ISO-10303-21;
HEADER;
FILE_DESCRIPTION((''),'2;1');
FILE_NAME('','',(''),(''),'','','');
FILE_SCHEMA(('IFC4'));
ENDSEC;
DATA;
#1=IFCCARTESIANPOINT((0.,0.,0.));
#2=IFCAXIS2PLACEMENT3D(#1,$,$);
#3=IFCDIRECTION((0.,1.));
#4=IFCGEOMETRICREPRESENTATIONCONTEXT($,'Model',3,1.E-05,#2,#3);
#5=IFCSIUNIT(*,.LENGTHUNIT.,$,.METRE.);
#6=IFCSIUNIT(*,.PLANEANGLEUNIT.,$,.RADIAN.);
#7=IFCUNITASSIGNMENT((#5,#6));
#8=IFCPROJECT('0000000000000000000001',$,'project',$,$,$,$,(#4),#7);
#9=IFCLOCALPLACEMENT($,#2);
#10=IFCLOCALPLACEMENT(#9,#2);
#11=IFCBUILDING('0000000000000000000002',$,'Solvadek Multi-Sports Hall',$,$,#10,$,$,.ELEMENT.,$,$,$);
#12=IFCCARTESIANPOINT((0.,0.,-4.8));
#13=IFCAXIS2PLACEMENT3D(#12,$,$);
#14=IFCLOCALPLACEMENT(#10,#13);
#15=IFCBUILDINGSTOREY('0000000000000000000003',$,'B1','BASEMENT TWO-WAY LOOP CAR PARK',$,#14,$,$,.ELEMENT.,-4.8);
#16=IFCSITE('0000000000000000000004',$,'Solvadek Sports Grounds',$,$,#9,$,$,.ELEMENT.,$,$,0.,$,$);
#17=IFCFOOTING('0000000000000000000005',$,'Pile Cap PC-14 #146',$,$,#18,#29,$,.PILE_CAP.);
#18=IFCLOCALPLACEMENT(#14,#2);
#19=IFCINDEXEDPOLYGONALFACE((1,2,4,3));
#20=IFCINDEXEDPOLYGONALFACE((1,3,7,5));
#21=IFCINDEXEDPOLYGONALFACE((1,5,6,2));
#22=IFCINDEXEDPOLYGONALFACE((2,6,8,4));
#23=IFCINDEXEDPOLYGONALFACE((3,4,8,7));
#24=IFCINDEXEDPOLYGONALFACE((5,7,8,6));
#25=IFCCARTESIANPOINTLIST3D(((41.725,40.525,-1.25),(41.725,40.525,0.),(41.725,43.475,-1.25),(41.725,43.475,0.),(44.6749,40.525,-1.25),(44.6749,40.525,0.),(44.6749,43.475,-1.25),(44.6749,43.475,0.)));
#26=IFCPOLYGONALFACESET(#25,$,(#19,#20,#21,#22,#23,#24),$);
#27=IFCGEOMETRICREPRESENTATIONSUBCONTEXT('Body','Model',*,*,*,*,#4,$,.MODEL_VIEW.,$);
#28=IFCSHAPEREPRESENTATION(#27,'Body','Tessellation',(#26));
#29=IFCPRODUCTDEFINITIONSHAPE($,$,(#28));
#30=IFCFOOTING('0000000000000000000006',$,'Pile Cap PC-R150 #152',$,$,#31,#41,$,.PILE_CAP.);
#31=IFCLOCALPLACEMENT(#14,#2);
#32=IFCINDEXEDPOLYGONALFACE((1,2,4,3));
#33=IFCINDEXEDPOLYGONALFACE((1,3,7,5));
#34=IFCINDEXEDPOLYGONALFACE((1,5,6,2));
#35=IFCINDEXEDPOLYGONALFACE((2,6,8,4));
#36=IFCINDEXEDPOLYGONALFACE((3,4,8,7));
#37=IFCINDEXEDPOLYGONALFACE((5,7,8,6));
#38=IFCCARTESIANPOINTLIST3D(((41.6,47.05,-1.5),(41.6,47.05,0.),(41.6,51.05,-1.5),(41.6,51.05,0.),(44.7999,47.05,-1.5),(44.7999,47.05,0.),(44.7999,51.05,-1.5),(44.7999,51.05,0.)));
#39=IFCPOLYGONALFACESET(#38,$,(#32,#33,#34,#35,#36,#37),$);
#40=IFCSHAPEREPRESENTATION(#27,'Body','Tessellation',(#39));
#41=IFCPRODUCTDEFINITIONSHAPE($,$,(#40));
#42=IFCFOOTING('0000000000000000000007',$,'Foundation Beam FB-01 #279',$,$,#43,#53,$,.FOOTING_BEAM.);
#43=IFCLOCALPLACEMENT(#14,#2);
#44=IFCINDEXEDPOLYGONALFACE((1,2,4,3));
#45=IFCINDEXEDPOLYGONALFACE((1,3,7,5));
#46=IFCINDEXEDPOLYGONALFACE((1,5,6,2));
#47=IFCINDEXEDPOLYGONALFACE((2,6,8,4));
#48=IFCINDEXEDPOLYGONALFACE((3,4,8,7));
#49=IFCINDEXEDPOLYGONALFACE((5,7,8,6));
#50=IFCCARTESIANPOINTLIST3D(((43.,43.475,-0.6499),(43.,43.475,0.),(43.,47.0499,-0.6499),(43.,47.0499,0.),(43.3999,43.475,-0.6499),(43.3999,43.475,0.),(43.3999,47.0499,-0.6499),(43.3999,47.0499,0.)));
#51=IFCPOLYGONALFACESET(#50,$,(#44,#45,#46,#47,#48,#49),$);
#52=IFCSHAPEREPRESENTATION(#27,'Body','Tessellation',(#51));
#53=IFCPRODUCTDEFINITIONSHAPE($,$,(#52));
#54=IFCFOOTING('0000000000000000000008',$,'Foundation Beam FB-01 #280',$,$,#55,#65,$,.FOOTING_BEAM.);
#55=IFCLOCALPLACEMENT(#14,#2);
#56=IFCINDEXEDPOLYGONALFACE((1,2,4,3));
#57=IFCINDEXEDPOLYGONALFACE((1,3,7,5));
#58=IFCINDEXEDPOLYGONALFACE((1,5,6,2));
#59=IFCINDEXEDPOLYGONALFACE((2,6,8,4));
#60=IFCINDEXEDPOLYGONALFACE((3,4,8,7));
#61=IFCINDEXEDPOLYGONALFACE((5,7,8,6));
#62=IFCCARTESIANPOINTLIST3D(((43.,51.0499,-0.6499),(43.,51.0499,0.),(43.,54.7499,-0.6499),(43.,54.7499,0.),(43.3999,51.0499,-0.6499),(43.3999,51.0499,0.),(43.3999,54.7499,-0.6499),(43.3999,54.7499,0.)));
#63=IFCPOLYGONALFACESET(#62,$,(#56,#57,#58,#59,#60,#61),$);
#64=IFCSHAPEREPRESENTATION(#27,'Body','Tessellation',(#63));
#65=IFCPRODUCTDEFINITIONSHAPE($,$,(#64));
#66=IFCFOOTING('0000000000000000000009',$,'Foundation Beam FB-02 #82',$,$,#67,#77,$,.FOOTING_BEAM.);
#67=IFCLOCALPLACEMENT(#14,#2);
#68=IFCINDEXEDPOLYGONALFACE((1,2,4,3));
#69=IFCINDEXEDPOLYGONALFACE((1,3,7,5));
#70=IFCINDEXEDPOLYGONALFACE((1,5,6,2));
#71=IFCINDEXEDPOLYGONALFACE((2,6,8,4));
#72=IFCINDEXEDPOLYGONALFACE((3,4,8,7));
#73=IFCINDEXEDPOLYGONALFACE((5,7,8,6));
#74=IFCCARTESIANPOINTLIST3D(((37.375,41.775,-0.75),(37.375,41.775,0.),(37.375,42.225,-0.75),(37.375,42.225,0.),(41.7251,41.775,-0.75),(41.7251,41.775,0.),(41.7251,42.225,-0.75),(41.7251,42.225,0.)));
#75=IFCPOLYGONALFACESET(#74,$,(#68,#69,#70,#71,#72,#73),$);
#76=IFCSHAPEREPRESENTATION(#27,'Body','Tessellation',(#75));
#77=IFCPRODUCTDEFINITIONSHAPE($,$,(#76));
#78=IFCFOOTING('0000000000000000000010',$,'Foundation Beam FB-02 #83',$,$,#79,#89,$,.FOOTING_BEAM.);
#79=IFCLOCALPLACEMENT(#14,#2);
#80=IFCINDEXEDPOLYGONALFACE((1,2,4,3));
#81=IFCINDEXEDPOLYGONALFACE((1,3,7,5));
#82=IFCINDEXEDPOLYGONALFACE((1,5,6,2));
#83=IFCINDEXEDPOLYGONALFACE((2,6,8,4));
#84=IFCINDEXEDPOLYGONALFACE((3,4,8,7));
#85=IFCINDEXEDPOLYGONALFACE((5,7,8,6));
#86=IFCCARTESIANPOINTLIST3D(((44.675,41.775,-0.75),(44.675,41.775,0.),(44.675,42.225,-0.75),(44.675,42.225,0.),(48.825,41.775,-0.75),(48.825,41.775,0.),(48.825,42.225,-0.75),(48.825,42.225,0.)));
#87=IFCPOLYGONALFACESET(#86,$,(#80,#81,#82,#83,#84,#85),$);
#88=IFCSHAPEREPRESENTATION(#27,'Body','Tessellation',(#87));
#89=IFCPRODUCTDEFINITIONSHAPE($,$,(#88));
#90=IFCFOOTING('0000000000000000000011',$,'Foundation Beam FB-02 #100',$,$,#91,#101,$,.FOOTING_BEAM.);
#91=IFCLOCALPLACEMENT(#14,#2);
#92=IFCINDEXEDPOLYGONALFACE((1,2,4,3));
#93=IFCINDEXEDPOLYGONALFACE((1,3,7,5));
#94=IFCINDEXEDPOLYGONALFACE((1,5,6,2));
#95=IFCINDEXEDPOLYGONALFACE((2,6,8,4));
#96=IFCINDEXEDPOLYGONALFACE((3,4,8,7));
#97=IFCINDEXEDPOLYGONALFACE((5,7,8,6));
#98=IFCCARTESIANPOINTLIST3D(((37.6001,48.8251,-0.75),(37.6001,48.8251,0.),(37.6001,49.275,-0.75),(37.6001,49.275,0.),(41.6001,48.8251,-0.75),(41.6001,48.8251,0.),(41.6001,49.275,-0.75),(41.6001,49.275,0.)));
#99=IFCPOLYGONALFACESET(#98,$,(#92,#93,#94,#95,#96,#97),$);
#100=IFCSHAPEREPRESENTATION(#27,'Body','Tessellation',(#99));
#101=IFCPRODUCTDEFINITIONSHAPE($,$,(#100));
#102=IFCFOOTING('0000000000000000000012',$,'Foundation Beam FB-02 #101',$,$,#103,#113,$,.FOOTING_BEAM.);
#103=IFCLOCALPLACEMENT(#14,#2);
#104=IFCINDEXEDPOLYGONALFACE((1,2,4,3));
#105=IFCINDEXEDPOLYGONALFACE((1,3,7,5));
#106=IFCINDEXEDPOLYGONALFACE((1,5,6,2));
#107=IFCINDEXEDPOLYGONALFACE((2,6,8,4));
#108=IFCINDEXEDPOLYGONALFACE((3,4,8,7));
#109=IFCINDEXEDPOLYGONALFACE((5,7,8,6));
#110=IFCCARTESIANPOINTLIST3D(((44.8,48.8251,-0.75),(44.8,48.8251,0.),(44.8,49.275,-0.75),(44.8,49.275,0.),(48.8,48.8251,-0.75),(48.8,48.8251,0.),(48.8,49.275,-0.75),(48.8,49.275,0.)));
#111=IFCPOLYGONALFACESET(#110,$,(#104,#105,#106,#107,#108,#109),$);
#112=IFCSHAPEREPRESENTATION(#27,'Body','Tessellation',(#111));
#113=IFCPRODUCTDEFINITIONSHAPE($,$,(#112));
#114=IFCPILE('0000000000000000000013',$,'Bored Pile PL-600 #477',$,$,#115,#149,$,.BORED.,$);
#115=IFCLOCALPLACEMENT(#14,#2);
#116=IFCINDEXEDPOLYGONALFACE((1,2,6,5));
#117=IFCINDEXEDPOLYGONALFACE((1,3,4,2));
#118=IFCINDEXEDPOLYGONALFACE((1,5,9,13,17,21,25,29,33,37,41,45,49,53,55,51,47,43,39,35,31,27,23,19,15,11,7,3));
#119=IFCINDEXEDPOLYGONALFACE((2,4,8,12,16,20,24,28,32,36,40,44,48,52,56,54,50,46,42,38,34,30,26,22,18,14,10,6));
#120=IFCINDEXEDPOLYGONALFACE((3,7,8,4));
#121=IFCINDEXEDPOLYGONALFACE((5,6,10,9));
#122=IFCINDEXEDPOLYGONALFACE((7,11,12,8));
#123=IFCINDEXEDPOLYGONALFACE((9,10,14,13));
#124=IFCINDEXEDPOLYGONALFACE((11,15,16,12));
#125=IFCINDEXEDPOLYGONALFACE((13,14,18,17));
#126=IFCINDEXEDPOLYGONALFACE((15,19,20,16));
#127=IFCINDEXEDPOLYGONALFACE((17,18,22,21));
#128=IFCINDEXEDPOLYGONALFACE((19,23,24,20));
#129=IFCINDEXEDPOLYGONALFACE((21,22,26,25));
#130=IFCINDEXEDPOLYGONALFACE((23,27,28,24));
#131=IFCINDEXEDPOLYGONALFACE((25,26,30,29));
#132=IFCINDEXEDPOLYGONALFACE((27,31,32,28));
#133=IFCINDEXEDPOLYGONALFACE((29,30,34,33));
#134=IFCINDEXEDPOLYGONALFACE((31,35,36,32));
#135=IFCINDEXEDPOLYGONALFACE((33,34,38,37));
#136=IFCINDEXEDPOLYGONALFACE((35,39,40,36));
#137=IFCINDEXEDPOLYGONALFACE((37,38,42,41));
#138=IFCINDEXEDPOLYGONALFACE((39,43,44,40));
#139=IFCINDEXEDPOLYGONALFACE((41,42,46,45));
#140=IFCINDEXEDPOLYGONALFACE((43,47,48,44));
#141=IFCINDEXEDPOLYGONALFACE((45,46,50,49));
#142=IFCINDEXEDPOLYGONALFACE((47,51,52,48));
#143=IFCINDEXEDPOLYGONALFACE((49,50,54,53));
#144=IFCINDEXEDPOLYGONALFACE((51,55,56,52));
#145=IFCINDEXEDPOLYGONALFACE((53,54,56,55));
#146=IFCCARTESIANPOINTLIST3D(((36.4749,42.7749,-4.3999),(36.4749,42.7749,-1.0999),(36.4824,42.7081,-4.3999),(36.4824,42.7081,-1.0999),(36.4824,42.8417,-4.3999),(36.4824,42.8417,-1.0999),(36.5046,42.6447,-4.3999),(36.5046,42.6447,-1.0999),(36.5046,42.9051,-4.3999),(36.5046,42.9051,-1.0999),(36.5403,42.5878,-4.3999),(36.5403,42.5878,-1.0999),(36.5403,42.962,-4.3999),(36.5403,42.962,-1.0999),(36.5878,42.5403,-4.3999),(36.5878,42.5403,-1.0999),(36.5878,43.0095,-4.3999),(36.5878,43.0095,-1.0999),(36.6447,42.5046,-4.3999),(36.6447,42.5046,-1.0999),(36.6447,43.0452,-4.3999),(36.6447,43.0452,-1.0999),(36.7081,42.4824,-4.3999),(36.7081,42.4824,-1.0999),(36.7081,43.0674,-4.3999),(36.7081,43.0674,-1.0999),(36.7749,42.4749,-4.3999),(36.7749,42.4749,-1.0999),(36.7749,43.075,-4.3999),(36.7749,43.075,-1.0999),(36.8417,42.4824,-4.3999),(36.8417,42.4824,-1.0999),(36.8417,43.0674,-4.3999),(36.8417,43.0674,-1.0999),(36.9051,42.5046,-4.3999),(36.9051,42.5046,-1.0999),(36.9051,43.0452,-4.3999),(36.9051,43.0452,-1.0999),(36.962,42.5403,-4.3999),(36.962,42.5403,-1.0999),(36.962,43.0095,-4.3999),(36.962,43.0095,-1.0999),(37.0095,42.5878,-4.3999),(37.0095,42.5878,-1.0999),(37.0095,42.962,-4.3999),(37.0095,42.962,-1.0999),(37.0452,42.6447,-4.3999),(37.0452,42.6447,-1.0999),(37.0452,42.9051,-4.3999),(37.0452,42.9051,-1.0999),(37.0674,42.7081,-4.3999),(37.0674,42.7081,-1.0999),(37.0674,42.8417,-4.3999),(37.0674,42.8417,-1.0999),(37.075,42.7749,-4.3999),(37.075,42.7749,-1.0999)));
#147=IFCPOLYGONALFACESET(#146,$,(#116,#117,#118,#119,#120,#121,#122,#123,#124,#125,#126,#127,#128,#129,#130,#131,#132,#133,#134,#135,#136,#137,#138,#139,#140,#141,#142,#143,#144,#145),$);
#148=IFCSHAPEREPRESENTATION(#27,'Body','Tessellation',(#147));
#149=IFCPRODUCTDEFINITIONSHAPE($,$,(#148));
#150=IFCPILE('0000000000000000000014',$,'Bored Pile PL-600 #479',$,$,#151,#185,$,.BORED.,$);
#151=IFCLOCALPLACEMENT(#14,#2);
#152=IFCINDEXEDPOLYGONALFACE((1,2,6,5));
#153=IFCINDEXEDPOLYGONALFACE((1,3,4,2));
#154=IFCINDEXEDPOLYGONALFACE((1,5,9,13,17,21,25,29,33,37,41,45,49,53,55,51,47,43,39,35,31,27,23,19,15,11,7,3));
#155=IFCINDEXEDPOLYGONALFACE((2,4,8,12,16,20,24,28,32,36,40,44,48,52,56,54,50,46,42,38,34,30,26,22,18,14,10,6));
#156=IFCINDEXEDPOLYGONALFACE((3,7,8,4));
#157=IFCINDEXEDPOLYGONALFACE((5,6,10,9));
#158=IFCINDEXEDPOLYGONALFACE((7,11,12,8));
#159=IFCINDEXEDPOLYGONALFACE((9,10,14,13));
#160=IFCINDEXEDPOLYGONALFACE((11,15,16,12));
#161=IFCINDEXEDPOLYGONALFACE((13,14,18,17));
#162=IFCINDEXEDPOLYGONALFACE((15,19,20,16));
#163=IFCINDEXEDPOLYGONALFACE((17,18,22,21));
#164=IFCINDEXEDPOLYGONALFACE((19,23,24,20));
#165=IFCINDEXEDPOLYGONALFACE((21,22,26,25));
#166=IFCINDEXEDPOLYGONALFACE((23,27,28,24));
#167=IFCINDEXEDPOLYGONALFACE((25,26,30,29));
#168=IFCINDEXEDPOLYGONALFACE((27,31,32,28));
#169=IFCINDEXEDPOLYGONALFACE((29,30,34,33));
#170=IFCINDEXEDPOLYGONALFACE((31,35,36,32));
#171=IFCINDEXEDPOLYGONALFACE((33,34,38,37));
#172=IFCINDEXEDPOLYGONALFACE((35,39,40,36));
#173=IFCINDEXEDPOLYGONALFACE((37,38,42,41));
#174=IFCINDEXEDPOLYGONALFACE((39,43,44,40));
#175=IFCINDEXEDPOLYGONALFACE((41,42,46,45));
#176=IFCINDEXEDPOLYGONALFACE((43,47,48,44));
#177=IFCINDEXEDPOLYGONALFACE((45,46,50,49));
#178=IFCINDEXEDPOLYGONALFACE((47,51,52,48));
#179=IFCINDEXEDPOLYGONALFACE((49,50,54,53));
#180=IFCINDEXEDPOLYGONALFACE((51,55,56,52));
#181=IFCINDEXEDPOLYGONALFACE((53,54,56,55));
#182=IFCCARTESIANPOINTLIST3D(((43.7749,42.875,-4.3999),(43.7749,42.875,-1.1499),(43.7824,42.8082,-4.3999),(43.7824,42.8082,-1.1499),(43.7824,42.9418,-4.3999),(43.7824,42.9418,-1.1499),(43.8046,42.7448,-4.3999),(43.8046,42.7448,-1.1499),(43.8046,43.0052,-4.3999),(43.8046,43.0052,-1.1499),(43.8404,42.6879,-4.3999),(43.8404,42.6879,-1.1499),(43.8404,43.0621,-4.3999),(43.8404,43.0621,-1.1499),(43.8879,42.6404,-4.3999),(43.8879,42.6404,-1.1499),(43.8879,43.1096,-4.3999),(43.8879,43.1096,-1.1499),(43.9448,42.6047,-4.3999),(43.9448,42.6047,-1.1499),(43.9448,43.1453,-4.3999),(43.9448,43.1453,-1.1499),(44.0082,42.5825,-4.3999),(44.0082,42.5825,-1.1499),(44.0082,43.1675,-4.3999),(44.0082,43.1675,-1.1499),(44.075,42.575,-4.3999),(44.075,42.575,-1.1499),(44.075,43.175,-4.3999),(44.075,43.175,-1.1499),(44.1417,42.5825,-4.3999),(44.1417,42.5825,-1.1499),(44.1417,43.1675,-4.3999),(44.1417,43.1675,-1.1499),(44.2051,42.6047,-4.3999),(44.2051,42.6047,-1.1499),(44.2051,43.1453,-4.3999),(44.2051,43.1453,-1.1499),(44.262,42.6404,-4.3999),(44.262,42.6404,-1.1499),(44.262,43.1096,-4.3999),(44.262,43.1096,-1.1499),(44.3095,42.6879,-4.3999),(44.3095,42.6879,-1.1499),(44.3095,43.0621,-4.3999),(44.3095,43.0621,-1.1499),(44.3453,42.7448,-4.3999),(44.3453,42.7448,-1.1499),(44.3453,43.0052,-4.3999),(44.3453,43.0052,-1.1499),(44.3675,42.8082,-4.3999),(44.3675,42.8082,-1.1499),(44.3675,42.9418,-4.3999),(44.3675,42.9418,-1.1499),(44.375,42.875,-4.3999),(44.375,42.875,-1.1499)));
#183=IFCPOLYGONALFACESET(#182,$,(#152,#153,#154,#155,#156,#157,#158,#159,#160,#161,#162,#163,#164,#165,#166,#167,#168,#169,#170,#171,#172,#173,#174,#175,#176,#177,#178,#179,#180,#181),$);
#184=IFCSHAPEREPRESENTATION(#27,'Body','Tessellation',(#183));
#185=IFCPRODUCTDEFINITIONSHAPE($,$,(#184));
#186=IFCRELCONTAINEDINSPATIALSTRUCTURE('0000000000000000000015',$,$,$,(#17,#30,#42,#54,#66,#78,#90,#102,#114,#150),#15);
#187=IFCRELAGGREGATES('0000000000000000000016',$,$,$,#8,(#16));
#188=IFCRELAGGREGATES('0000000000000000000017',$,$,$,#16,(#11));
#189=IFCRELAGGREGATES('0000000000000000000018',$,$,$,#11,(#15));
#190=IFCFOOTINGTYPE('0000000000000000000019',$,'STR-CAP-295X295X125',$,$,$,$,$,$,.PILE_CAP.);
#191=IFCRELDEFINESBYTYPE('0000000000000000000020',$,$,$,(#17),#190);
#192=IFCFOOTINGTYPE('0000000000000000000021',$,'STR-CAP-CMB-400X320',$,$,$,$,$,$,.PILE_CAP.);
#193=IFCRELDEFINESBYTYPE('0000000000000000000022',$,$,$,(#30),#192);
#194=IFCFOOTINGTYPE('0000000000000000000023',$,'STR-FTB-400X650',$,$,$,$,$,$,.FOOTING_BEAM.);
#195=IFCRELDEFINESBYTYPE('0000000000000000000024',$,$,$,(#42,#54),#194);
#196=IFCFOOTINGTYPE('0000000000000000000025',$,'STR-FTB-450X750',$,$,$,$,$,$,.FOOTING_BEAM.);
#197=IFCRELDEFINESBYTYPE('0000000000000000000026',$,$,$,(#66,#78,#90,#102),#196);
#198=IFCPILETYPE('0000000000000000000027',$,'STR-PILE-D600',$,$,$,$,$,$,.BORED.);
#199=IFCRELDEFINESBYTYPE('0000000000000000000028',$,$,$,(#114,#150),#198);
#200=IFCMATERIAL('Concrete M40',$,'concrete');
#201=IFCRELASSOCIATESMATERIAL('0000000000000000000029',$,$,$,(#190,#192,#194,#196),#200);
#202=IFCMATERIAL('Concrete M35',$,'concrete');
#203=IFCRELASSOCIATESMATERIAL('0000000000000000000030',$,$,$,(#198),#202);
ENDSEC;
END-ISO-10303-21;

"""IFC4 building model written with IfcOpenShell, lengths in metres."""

from ifc_helpers import new_model, si_unit, direction, frame, origin, origin_2d, place, context, subcontext, project, spatial, rectangle, circle, extrude, material, material_profile, profile_set, type_object, element, save


model = new_model("IFC4")

# Units and contexts
model_context = context("Model", 3, precision=1e-05, world=origin(), true_north=direction((0.0, 1.0)))
body_context = subcontext(model_context, "Body", "Model", "MODEL_VIEW")
ifc_project = project(units=[si_unit("LENGTHUNIT", "METRE"), si_unit("PLANEANGLEUNIT", "RADIAN")], contexts=[model_context])

# Site, building, storey
site_placement = place(None, origin())
site = spatial("IfcSite", under=ifc_project, at=site_placement, Name="Solvadek Sports Grounds", CompositionType="ELEMENT", RefElevation=0.0)
building_placement = place(site_placement, origin())
building = spatial("IfcBuilding", under=site, at=building_placement, Name="Solvadek Multi-Sports Hall", CompositionType="ELEMENT")
storey_placement = place(building_placement, frame((0.0, 0.0, -4.8)))
storey = spatial("IfcBuildingStorey", under=building, at=storey_placement, Name="B1", Description="BASEMENT TWO-WAY LOOP CAR PARK", CompositionType="ELEMENT", Elevation=-4.8)

# Footings
ifc_material_1 = material(Name="Concrete M40", Category="concrete")
footing_type_1 = type_object("IfcFootingType", Name="STR-CAP-295X295X125", PredefinedType="PILE_CAP", material=ifc_material_1)
footing_1_placement = place(storey_placement, frame((43.2, 42.0, -1.25), z_axis=(0.0, 0.0, 1.0), x_axis=(1.0, 0.0, 0.0)))
element("IfcFooting", 1, at=footing_1_placement, inside=storey, type_object=footing_type_1, Name="Pile Cap PC-14 #146", PredefinedType="PILE_CAP", context=body_context, shape_type="SweptSolid", body=[
    extrude(rectangle(XDim=2.95, YDim=2.95, at=origin_2d()), origin(), (0.0, 0.0, 1.0), 1.25),
])
footing_type_2 = type_object("IfcFootingType", Name="STR-CAP-CMB-400X320", PredefinedType="PILE_CAP", material=ifc_material_1)
footing_2_placement = place(storey_placement, frame((43.2, 49.05, -1.5), z_axis=(0.0, 0.0, 1.0), x_axis=(0.0, 1.0, 0.0)))
element("IfcFooting", 2, at=footing_2_placement, inside=storey, type_object=footing_type_2, Name="Pile Cap PC-R150 #152", PredefinedType="PILE_CAP", context=body_context, shape_type="SweptSolid", body=[
    extrude(rectangle(XDim=4.0, YDim=3.2, at=origin_2d()), origin(), (0.0, 0.0, 1.0), 1.5),
])
footing_type_3 = type_object("IfcFootingType", Name="STR-FTB-400X650", PredefinedType="FOOTING_BEAM", material=ifc_material_1)
footing_3_placement = place(storey_placement, frame((43.2, 45.2625, -0.6499), z_axis=(0.0, 0.0, 1.0), x_axis=(0.0, 1.0, 0.0)))
element("IfcFooting", 3, at=footing_3_placement, inside=storey, type_object=footing_type_3, Name="Foundation Beam FB-01 #279", PredefinedType="FOOTING_BEAM", context=body_context, shape_type="SweptSolid", body=[
    extrude(rectangle(XDim=3.575, YDim=0.3999, at=origin_2d()), origin(), (0.0, 0.0, 1.0), 0.6499),
])
footing_4_placement = place(storey_placement, frame((43.2, 52.8999, -0.6499), z_axis=(0.0, 0.0, 1.0), x_axis=(0.0, 1.0, 0.0)))
element("IfcFooting", 4, at=footing_4_placement, inside=storey, type_object=footing_type_3, Name="Foundation Beam FB-01 #280", PredefinedType="FOOTING_BEAM", context=body_context, shape_type="SweptSolid", body=[
    extrude(rectangle(XDim=3.7, YDim=0.3999, at=origin_2d()), origin(), (0.0, 0.0, 1.0), 0.6499),
])
footing_type_4 = type_object("IfcFootingType", Name="STR-FTB-450X750", PredefinedType="FOOTING_BEAM", material=ifc_material_1)
footing_5_placement = place(storey_placement, frame((39.55, 42.0, -0.75), z_axis=(0.0, 0.0, 1.0), x_axis=(1.0, 0.0, 0.0)))
element("IfcFooting", 5, at=footing_5_placement, inside=storey, type_object=footing_type_4, Name="Foundation Beam FB-02 #82", PredefinedType="FOOTING_BEAM", context=body_context, shape_type="SweptSolid", body=[
    extrude(rectangle(XDim=4.3501, YDim=0.45, at=origin_2d()), origin(), (0.0, 0.0, 1.0), 0.75),
])
footing_6_placement = place(storey_placement, frame((46.75, 42.0, -0.75), z_axis=(0.0, 0.0, 1.0), x_axis=(1.0, 0.0, 0.0)))
element("IfcFooting", 6, at=footing_6_placement, inside=storey, type_object=footing_type_4, Name="Foundation Beam FB-02 #83", PredefinedType="FOOTING_BEAM", context=body_context, shape_type="SweptSolid", body=[
    extrude(rectangle(XDim=4.1499, YDim=0.45, at=origin_2d()), origin(), (0.0, 0.0, 1.0), 0.75),
])
for number, where, z_axis, x_axis, name in (
    (7, (39.6001, 49.05, -0.75), (0.0, 0.0, 1.0), (1.0, 0.0, 0.0), "Foundation Beam FB-02 #100"),
    (8, (46.8, 49.05, -0.75), (0.0, 0.0, 1.0), (1.0, 0.0, 0.0), "Foundation Beam FB-02 #101"),
):
    element("IfcFooting", number, at=place(storey_placement, frame(where, z_axis=z_axis, x_axis=x_axis)), inside=storey, type_object=footing_type_4, Name=name, PredefinedType="FOOTING_BEAM", context=body_context, shape_type="SweptSolid", body=[
        extrude(rectangle(XDim=4.0, YDim=0.45, at=origin_2d()), origin(), (0.0, 0.0, 1.0), 0.75),
    ])

# Piles
ifc_material_2 = material(Name="Concrete M35", Category="concrete")
ifc_material_profile_1 = material_profile(ifc_material_2, circle(Radius=0.3, at=origin_2d()), Name="BORED PILE D600")
ifc_profile_set_1 = profile_set([ifc_material_profile_1], Name="Concrete M35")
pile_type_1 = type_object("IfcPileType", Name="STR-PILE-D600", PredefinedType="BORED", material=ifc_profile_set_1)
pile_placement = place(storey_placement, frame((36.7749, 42.7749, -1.0999), z_axis=(0.0, 0.0, -1.0), x_axis=(1.0, 0.0, 0.0)))
element("IfcPile", 9, at=pile_placement, inside=storey, type_object=pile_type_1, Name="Bored Pile PL-600 #477", PredefinedType="BORED", context=body_context, shape_type="SweptSolid", body=[
    extrude(circle(Radius=0.3, at=origin_2d()), origin(), (0.0, 0.0, 1.0), 3.3),
])
for number, where, z_axis, x_axis, name in (
    (10, (44.075, 42.875, -1.1499), (0.0, 0.0, -1.0), (1.0, 0.0, 0.0), "Bored Pile PL-600 #479"),
):
    element("IfcPile", number, at=place(storey_placement, frame(where, z_axis=z_axis, x_axis=x_axis)), inside=storey, type_object=pile_type_1, Name=name, PredefinedType="BORED", context=body_context, shape_type="SweptSolid", body=[
        extrude(circle(Radius=0.3, at=origin_2d()), origin(), (0.0, 0.0, 1.0), 3.25),
    ])

save(model, "model.ifc")
